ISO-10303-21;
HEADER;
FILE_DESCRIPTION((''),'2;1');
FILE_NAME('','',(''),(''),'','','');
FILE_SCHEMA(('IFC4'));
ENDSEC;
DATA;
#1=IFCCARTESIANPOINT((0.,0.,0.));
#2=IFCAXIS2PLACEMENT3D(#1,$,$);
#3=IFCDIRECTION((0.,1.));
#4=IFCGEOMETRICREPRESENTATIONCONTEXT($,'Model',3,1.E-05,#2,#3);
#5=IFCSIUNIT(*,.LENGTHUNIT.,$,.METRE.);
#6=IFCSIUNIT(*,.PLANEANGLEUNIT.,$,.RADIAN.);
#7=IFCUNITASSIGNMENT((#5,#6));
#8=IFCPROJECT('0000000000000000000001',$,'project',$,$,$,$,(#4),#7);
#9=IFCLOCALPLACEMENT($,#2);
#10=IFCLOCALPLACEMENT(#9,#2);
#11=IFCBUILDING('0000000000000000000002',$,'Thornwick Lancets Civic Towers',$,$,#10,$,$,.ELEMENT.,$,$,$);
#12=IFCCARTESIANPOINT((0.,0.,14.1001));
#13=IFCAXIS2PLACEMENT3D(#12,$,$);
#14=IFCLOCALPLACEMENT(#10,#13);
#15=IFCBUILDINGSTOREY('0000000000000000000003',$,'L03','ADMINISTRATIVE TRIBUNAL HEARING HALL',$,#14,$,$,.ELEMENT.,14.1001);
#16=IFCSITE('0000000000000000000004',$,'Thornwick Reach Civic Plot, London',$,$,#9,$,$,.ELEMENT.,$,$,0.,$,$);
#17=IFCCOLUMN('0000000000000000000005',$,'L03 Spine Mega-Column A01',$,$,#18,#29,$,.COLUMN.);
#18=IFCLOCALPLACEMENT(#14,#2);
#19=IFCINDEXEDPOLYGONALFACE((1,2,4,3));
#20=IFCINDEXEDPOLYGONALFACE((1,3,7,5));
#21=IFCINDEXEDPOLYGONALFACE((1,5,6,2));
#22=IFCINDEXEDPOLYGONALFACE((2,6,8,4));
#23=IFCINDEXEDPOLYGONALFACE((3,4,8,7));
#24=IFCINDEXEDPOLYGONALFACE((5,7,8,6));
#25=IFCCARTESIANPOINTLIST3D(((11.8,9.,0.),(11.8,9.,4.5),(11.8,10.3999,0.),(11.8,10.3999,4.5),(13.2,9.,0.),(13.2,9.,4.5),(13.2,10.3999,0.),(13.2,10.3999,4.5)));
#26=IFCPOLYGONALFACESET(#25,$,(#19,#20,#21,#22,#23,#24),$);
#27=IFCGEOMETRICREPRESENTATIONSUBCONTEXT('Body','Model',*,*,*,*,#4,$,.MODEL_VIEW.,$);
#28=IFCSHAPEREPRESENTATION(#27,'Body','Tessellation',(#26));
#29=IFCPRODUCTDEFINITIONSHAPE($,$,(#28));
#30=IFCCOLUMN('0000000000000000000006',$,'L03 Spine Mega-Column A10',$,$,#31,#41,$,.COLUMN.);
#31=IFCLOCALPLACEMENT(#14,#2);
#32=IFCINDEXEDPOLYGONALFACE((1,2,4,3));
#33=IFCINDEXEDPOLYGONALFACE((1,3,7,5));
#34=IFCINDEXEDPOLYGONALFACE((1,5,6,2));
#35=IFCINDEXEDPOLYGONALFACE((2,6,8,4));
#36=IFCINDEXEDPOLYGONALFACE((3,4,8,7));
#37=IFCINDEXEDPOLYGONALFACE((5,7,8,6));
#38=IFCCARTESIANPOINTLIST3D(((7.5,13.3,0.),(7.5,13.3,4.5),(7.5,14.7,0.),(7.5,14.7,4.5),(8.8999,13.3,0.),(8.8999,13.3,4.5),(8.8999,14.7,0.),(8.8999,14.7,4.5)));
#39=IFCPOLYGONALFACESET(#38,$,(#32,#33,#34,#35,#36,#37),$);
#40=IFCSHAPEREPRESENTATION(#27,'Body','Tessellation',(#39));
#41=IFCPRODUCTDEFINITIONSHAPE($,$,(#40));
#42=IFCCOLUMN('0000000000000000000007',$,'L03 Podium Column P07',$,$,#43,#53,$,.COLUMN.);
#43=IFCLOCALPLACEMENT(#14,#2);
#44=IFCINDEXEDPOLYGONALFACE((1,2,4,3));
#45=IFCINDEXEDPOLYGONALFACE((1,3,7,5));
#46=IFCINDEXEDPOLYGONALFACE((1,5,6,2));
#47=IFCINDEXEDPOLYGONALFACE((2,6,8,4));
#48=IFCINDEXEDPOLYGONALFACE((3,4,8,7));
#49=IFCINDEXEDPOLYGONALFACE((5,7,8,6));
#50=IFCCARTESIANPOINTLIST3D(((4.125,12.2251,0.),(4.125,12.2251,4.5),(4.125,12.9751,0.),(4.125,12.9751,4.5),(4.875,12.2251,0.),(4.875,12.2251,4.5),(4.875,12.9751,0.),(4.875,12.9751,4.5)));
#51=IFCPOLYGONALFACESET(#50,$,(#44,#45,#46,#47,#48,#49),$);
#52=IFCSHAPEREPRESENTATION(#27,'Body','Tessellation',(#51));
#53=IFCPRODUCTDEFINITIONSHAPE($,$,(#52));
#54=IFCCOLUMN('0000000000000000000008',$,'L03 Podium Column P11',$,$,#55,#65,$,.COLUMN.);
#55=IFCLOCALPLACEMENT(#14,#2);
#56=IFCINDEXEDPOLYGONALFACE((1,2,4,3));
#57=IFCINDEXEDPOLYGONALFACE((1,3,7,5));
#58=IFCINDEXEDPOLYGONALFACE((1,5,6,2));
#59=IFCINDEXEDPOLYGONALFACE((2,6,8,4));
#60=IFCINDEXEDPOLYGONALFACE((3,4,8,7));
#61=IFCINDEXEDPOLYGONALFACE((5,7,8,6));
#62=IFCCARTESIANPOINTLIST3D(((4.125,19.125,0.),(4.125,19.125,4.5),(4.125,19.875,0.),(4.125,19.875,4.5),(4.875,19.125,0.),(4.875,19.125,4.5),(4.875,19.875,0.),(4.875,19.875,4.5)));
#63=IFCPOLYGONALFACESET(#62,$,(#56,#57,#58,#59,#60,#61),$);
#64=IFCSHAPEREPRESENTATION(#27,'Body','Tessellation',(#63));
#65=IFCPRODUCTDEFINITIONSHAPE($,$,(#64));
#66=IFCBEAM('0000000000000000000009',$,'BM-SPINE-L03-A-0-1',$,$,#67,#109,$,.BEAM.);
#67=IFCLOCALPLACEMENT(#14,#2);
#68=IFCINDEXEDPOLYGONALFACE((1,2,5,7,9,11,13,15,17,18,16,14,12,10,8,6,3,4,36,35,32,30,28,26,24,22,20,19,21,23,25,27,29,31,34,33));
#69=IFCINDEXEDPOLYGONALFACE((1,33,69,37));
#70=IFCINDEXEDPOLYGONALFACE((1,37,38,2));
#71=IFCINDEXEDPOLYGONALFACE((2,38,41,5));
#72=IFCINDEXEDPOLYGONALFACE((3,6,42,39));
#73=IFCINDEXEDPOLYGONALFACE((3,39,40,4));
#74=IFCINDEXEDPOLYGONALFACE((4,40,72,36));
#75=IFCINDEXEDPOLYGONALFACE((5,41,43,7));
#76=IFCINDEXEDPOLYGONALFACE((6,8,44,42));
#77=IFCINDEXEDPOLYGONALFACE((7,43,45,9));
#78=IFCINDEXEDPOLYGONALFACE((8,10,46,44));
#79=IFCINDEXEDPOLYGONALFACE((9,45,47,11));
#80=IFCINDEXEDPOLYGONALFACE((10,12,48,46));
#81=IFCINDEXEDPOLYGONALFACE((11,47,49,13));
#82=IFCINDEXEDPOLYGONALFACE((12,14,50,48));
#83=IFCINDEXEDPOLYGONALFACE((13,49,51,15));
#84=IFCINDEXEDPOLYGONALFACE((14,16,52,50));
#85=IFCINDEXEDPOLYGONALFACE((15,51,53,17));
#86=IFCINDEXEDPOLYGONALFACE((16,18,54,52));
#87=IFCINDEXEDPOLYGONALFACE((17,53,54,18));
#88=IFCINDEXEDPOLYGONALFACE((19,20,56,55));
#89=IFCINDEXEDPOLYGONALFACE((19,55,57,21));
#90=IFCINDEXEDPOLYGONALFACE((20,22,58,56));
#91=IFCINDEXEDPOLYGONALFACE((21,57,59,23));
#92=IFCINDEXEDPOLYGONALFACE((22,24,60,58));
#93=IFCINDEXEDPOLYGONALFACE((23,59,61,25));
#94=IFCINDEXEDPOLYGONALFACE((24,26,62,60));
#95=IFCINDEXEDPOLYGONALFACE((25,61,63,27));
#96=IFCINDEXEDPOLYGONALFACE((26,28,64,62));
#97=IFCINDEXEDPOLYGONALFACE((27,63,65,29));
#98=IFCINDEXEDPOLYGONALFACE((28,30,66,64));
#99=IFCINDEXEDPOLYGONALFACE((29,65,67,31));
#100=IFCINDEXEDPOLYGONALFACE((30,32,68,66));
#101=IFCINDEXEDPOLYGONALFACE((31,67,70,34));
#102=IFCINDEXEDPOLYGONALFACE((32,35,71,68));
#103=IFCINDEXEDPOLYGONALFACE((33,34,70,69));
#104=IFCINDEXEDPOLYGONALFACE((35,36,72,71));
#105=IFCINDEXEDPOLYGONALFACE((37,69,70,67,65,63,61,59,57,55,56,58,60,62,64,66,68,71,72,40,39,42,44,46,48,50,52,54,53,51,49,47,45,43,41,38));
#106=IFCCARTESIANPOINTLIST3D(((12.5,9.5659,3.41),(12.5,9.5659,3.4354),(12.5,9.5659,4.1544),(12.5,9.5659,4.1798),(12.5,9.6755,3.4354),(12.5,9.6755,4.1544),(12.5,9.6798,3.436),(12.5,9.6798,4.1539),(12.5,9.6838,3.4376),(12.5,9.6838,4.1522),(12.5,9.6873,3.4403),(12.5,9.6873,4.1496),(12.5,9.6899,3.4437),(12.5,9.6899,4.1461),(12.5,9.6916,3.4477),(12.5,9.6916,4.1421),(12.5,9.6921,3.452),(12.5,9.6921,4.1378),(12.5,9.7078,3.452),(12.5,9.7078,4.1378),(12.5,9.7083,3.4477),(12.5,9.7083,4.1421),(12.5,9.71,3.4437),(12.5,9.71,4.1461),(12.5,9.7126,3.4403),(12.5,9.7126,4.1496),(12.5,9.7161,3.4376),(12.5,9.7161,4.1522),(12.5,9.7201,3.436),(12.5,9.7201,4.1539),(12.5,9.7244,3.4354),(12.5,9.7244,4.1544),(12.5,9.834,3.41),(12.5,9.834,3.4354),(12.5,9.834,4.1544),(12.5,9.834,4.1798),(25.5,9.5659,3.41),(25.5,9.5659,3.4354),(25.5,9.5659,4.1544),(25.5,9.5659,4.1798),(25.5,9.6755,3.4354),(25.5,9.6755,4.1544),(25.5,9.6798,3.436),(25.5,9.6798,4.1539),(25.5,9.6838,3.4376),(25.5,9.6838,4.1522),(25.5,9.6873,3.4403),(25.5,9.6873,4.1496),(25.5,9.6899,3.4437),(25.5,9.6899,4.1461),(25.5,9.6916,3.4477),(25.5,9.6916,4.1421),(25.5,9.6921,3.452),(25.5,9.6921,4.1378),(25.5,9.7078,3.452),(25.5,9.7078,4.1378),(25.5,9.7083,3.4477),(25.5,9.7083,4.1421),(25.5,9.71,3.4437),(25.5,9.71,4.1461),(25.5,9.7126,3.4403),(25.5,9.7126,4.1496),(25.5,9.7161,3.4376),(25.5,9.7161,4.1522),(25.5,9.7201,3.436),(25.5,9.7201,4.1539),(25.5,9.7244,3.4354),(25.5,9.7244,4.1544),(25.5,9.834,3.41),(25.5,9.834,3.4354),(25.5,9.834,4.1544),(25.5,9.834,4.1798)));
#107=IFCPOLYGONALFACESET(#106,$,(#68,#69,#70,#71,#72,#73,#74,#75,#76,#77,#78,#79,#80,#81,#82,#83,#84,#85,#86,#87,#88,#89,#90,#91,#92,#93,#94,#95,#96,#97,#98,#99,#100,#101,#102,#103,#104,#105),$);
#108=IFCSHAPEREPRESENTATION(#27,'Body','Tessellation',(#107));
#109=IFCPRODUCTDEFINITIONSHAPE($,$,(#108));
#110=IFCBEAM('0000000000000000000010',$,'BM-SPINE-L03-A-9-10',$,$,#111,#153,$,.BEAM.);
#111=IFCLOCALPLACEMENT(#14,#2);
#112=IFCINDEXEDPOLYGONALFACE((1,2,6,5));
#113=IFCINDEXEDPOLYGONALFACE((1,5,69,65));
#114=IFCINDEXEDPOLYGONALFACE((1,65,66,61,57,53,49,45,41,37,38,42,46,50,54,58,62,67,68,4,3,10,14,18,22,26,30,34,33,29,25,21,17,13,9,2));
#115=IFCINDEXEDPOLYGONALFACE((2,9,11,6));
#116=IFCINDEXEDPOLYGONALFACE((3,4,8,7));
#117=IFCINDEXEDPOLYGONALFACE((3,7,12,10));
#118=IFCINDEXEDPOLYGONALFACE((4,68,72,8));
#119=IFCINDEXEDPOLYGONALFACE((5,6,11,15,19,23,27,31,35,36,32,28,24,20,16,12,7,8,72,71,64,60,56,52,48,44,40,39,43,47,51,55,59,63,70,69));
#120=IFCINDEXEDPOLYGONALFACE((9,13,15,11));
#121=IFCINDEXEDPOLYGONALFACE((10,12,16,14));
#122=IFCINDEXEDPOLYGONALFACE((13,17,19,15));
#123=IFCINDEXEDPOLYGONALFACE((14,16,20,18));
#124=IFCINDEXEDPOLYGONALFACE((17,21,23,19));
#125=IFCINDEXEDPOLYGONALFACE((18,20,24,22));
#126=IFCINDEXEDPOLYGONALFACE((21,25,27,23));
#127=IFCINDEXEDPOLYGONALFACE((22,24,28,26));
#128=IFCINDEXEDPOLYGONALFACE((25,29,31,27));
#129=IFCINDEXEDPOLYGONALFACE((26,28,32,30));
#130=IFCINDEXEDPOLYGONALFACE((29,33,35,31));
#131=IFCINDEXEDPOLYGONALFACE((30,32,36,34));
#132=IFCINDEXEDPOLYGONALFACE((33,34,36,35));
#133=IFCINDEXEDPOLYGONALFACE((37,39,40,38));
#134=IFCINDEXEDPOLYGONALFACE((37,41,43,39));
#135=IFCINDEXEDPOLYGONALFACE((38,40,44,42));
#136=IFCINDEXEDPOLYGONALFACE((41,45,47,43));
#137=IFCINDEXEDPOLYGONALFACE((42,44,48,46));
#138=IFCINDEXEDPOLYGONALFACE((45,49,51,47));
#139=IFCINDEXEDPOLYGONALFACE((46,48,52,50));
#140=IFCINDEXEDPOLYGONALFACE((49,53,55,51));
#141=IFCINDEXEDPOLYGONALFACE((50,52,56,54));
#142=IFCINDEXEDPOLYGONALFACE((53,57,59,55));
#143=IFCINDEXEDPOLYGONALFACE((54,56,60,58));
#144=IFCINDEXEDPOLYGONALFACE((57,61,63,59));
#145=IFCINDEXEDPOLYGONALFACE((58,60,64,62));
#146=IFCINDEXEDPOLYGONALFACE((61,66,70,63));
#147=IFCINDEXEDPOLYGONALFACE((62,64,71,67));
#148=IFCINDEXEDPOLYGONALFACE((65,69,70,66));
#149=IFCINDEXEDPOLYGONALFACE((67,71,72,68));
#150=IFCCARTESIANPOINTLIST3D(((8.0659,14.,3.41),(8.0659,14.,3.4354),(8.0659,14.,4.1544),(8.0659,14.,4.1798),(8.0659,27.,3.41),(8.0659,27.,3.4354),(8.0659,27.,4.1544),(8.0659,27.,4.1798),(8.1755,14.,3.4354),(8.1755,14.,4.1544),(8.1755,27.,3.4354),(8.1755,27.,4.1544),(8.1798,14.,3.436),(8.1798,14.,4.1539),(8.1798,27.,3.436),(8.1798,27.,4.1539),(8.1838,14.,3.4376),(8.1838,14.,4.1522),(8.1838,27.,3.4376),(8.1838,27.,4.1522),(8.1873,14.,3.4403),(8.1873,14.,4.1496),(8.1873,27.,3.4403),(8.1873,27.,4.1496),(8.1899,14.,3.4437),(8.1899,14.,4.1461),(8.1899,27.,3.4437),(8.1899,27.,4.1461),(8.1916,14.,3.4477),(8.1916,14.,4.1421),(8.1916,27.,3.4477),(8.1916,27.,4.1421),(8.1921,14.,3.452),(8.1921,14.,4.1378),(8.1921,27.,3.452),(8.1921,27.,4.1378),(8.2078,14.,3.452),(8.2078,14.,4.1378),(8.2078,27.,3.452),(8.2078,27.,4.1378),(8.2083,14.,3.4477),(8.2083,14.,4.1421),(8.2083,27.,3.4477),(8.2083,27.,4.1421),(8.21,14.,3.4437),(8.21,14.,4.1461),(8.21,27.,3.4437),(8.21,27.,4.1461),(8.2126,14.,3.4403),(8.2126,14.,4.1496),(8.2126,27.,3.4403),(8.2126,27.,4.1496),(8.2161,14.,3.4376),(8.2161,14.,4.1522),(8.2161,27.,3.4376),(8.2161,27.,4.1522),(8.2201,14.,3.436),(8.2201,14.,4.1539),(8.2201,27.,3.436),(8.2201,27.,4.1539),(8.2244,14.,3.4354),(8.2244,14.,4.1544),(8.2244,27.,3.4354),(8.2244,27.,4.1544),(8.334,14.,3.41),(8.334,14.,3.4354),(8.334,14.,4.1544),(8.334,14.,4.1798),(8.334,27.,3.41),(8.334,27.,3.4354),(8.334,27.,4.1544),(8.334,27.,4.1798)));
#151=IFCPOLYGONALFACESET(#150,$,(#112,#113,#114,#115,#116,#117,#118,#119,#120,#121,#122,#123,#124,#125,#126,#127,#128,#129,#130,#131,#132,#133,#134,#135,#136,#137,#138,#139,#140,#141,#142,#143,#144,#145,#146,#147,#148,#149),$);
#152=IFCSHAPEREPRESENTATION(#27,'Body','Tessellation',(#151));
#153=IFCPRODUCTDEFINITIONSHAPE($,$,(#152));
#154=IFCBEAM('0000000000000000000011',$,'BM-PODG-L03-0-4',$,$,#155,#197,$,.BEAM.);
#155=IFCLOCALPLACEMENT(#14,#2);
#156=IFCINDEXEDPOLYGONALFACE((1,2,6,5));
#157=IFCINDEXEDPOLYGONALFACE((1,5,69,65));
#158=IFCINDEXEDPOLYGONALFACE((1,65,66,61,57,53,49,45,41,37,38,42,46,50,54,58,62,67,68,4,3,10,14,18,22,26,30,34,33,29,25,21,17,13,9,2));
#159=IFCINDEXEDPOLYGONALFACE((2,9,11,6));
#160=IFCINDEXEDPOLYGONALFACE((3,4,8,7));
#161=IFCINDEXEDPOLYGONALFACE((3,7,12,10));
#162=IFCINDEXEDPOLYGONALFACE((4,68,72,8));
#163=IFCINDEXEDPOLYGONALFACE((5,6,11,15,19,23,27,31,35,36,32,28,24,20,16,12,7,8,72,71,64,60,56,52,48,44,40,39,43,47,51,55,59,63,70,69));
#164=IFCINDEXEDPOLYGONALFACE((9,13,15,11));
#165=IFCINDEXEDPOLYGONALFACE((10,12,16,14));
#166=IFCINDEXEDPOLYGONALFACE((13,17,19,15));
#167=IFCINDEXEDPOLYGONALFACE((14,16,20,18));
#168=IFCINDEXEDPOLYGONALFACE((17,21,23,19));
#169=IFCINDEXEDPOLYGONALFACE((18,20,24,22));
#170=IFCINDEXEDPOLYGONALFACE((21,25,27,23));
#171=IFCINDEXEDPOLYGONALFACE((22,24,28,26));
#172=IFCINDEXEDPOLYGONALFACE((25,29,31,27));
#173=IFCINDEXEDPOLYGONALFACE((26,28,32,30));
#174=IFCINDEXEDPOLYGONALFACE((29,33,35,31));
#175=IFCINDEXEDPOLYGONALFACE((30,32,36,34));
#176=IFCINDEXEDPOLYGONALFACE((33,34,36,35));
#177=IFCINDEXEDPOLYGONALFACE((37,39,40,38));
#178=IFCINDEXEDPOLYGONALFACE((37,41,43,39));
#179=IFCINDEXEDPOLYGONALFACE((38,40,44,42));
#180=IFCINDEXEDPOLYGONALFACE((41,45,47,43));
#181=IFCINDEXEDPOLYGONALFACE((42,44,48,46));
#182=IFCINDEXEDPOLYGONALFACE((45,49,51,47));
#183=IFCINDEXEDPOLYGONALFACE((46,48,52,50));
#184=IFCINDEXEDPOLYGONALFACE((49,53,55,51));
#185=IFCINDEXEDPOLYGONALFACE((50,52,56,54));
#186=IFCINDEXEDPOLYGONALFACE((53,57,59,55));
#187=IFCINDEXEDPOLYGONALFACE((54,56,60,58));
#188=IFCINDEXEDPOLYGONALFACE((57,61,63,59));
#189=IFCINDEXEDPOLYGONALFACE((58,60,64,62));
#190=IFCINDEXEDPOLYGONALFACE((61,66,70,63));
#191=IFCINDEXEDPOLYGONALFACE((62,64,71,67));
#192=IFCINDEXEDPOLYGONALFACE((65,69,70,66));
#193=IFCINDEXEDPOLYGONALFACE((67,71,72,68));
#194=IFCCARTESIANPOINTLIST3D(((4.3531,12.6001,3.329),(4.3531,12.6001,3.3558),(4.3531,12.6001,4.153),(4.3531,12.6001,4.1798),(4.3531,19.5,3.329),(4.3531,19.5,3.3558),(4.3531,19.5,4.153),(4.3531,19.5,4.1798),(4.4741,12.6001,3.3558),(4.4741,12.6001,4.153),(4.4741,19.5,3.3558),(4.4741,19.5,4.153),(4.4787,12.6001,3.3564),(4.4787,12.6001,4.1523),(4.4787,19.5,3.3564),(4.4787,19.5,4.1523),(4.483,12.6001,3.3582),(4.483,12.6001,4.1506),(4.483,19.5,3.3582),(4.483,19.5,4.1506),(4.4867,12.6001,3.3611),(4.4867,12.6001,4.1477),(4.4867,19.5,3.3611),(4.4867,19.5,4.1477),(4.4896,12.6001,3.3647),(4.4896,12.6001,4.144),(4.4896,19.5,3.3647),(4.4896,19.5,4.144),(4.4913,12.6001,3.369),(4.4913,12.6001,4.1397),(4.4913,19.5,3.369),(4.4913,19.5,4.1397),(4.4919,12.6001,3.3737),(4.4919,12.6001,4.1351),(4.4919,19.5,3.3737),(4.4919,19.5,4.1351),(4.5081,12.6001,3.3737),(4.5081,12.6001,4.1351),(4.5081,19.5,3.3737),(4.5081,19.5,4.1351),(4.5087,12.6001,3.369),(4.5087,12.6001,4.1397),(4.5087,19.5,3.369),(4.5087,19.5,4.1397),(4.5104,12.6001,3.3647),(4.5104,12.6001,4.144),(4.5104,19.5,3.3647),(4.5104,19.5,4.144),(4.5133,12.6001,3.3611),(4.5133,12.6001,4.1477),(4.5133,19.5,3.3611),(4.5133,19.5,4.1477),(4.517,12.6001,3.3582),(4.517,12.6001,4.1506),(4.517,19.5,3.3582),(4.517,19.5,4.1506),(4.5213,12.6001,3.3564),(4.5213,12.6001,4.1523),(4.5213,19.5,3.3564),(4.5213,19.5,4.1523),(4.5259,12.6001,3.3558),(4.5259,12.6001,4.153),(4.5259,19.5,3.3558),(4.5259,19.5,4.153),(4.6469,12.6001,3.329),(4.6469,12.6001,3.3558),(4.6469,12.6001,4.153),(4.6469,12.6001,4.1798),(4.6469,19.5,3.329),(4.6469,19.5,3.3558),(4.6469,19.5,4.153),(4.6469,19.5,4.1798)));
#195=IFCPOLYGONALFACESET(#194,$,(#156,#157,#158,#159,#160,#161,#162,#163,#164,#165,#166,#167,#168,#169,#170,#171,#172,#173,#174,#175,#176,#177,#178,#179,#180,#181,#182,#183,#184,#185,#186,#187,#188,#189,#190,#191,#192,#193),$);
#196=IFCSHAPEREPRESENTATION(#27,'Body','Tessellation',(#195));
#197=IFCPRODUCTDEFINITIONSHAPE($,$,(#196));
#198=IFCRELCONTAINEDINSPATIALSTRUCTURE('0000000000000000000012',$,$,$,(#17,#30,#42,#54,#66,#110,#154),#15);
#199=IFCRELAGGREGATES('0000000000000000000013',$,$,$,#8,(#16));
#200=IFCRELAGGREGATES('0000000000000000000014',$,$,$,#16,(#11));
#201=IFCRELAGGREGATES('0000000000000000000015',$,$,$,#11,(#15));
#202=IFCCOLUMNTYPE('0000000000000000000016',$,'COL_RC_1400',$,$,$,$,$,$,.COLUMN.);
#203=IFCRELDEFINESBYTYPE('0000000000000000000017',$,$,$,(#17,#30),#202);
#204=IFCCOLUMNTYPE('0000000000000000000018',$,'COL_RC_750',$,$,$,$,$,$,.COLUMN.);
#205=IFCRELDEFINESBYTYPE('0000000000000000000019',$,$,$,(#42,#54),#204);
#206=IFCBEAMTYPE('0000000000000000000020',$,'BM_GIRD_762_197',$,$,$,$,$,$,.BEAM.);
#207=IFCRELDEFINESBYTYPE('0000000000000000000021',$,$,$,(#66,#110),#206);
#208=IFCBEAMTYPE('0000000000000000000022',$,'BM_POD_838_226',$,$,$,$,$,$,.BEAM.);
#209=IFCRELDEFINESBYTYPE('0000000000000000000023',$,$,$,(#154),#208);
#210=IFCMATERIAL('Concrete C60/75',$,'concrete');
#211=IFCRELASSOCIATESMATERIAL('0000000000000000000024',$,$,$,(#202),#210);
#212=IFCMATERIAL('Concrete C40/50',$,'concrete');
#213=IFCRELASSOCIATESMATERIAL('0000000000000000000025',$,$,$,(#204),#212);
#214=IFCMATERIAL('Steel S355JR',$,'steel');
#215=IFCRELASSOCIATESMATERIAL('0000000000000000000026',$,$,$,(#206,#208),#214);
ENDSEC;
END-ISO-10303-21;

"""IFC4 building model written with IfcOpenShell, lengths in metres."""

from ifc_helpers import new_model, si_unit, direction, frame, origin, origin_2d, place, context, subcontext, project, spatial, rectangle, i_section, extrude, material, material_profile, profile_set, type_object, element, save


model = new_model("IFC4")

# Units and contexts
model_context = context("Model", 3, precision=1e-05, world=origin(), true_north=direction((0.0, 1.0)))
body_context = subcontext(model_context, "Body", "Model", "MODEL_VIEW")
ifc_project = project(units=[si_unit("LENGTHUNIT", "METRE"), si_unit("PLANEANGLEUNIT", "RADIAN")], contexts=[model_context])

# Site, building, storey
site_placement = place(None, origin())
site = spatial("IfcSite", under=ifc_project, at=site_placement, Name="Thornwick Reach Civic Plot, London", CompositionType="ELEMENT", RefElevation=0.0)
building_placement = place(site_placement, origin())
building = spatial("IfcBuilding", under=site, at=building_placement, Name="Thornwick Lancets Civic Towers", CompositionType="ELEMENT")
storey_placement = place(building_placement, frame((0.0, 0.0, 14.1001)))
storey = spatial("IfcBuildingStorey", under=building, at=storey_placement, Name="L03", Description="ADMINISTRATIVE TRIBUNAL HEARING HALL", CompositionType="ELEMENT", Elevation=14.1001)

# Columns
ifc_material_1 = material(Name="Concrete C60/75", Category="concrete")
ifc_material_profile_1 = material_profile(ifc_material_1, rectangle(XDim=1.3999, YDim=1.3999, at=origin_2d()), Name="RC 1400x1400")
ifc_profile_set_1 = profile_set([ifc_material_profile_1], Name="Concrete C60/75")
column_type_1 = type_object("IfcColumnType", Name="COL_RC_1400", PredefinedType="COLUMN", material=ifc_profile_set_1)
for number, where, z_axis, x_axis, name in (
    (1, (12.5, 9.7, 0.0), (0.0, 0.0, 1.0), (1.0, 0.0, 0.0), "L03 Spine Mega-Column A01"),
    (2, (8.2, 14.0, 0.0), (0.0, 0.0, 1.0), (1.0, 0.0, 0.0), "L03 Spine Mega-Column A10"),
):
    element("IfcColumn", number, at=place(storey_placement, frame(where, z_axis=z_axis, x_axis=x_axis)), inside=storey, type_object=column_type_1, Name=name, PredefinedType="COLUMN", context=body_context, shape_type="SweptSolid", body=[
        extrude(rectangle(XDim=1.3999, YDim=1.3999, at=origin_2d()), origin(), (0.0, 0.0, 1.0), 4.5),
    ])
ifc_material_2 = material(Name="Concrete C40/50", Category="concrete")
ifc_material_profile_2 = material_profile(ifc_material_2, rectangle(XDim=0.75, YDim=0.75, at=origin_2d()), Name="RC 750x750")
ifc_profile_set_2 = profile_set([ifc_material_profile_2], Name="Concrete C40/50")
column_type_2 = type_object("IfcColumnType", Name="COL_RC_750", PredefinedType="COLUMN", material=ifc_profile_set_2)
for number, where, z_axis, x_axis, name in (
    (3, (4.5, 12.6001, 0.0), (0.0, 0.0, 1.0), (1.0, 0.0, 0.0), "L03 Podium Column P07"),
    (4, (4.5, 19.5, 0.0), (0.0, 0.0, 1.0), (1.0, 0.0, 0.0), "L03 Podium Column P11"),
):
    element("IfcColumn", number, at=place(storey_placement, frame(where, z_axis=z_axis, x_axis=x_axis)), inside=storey, type_object=column_type_2, Name=name, PredefinedType="COLUMN", context=body_context, shape_type="SweptSolid", body=[
        extrude(rectangle(XDim=0.75, YDim=0.75, at=origin_2d()), origin(), (0.0, 0.0, 1.0), 4.5),
    ])

# Beams
ifc_material_3 = material(Name="Steel S355JR", Category="steel")
ifc_material_profile_3 = material_profile(ifc_material_3, i_section(OverallWidth=0.2681, OverallDepth=0.7698, WebThickness=0.0156, FlangeThickness=0.0254, FilletRadius=0.0166, at=origin_2d()), Name="UKB 762x267x197")
ifc_profile_set_3 = profile_set([ifc_material_profile_3], Name="Steel S355JR")
beam_type_1 = type_object("IfcBeamType", Name="BM_GIRD_762_197", PredefinedType="BEAM", material=ifc_profile_set_3)
for number, where, z_axis, x_axis, name in (
    (5, (12.5, 9.7, 3.7949), (1.0, 0.0, 0.0), (0.0, 1.0, 0.0), "BM-SPINE-L03-A-0-1"),
    (6, (8.2, 14.0, 3.7949), (0.0, 1.0, 0.0), (-1.0, 0.0, 0.0), "BM-SPINE-L03-A-9-10"),
):
    element("IfcBeam", number, at=place(storey_placement, frame(where, z_axis=z_axis, x_axis=x_axis)), inside=storey, type_object=beam_type_1, Name=name, PredefinedType="BEAM", context=body_context, shape_type="SweptSolid", body=[
        extrude(i_section(OverallWidth=0.2681, OverallDepth=0.7698, WebThickness=0.0156, FlangeThickness=0.0254, FilletRadius=0.0166, at=origin_2d()), origin(), (0.0, 0.0, 1.0), 13.0),
    ])
ifc_material_profile_4 = material_profile(ifc_material_3, i_section(OverallWidth=0.2937, OverallDepth=0.8508, WebThickness=0.0161, FlangeThickness=0.0269, FilletRadius=0.0178, at=origin_2d()), Name="UKB 838x292x226")
ifc_profile_set_4 = profile_set([ifc_material_profile_4], Name="Steel S355JR")
beam_type_2 = type_object("IfcBeamType", Name="BM_POD_838_226", PredefinedType="BEAM", material=ifc_profile_set_4)
beam_1_placement = place(storey_placement, frame((4.5, 12.6001, 3.7544), z_axis=(0.0, 1.0, 0.0), x_axis=(-1.0, 0.0, 0.0)))
element("IfcBeam", 7, at=beam_1_placement, inside=storey, type_object=beam_type_2, Name="BM-PODG-L03-0-4", PredefinedType="BEAM", context=body_context, shape_type="SweptSolid", body=[
    extrude(i_section(OverallWidth=0.2937, OverallDepth=0.8508, WebThickness=0.0161, FlangeThickness=0.0269, FilletRadius=0.0178, at=origin_2d()), origin(), (0.0, 0.0, 1.0), 6.8999),
])

save(model, "model.ifc")
